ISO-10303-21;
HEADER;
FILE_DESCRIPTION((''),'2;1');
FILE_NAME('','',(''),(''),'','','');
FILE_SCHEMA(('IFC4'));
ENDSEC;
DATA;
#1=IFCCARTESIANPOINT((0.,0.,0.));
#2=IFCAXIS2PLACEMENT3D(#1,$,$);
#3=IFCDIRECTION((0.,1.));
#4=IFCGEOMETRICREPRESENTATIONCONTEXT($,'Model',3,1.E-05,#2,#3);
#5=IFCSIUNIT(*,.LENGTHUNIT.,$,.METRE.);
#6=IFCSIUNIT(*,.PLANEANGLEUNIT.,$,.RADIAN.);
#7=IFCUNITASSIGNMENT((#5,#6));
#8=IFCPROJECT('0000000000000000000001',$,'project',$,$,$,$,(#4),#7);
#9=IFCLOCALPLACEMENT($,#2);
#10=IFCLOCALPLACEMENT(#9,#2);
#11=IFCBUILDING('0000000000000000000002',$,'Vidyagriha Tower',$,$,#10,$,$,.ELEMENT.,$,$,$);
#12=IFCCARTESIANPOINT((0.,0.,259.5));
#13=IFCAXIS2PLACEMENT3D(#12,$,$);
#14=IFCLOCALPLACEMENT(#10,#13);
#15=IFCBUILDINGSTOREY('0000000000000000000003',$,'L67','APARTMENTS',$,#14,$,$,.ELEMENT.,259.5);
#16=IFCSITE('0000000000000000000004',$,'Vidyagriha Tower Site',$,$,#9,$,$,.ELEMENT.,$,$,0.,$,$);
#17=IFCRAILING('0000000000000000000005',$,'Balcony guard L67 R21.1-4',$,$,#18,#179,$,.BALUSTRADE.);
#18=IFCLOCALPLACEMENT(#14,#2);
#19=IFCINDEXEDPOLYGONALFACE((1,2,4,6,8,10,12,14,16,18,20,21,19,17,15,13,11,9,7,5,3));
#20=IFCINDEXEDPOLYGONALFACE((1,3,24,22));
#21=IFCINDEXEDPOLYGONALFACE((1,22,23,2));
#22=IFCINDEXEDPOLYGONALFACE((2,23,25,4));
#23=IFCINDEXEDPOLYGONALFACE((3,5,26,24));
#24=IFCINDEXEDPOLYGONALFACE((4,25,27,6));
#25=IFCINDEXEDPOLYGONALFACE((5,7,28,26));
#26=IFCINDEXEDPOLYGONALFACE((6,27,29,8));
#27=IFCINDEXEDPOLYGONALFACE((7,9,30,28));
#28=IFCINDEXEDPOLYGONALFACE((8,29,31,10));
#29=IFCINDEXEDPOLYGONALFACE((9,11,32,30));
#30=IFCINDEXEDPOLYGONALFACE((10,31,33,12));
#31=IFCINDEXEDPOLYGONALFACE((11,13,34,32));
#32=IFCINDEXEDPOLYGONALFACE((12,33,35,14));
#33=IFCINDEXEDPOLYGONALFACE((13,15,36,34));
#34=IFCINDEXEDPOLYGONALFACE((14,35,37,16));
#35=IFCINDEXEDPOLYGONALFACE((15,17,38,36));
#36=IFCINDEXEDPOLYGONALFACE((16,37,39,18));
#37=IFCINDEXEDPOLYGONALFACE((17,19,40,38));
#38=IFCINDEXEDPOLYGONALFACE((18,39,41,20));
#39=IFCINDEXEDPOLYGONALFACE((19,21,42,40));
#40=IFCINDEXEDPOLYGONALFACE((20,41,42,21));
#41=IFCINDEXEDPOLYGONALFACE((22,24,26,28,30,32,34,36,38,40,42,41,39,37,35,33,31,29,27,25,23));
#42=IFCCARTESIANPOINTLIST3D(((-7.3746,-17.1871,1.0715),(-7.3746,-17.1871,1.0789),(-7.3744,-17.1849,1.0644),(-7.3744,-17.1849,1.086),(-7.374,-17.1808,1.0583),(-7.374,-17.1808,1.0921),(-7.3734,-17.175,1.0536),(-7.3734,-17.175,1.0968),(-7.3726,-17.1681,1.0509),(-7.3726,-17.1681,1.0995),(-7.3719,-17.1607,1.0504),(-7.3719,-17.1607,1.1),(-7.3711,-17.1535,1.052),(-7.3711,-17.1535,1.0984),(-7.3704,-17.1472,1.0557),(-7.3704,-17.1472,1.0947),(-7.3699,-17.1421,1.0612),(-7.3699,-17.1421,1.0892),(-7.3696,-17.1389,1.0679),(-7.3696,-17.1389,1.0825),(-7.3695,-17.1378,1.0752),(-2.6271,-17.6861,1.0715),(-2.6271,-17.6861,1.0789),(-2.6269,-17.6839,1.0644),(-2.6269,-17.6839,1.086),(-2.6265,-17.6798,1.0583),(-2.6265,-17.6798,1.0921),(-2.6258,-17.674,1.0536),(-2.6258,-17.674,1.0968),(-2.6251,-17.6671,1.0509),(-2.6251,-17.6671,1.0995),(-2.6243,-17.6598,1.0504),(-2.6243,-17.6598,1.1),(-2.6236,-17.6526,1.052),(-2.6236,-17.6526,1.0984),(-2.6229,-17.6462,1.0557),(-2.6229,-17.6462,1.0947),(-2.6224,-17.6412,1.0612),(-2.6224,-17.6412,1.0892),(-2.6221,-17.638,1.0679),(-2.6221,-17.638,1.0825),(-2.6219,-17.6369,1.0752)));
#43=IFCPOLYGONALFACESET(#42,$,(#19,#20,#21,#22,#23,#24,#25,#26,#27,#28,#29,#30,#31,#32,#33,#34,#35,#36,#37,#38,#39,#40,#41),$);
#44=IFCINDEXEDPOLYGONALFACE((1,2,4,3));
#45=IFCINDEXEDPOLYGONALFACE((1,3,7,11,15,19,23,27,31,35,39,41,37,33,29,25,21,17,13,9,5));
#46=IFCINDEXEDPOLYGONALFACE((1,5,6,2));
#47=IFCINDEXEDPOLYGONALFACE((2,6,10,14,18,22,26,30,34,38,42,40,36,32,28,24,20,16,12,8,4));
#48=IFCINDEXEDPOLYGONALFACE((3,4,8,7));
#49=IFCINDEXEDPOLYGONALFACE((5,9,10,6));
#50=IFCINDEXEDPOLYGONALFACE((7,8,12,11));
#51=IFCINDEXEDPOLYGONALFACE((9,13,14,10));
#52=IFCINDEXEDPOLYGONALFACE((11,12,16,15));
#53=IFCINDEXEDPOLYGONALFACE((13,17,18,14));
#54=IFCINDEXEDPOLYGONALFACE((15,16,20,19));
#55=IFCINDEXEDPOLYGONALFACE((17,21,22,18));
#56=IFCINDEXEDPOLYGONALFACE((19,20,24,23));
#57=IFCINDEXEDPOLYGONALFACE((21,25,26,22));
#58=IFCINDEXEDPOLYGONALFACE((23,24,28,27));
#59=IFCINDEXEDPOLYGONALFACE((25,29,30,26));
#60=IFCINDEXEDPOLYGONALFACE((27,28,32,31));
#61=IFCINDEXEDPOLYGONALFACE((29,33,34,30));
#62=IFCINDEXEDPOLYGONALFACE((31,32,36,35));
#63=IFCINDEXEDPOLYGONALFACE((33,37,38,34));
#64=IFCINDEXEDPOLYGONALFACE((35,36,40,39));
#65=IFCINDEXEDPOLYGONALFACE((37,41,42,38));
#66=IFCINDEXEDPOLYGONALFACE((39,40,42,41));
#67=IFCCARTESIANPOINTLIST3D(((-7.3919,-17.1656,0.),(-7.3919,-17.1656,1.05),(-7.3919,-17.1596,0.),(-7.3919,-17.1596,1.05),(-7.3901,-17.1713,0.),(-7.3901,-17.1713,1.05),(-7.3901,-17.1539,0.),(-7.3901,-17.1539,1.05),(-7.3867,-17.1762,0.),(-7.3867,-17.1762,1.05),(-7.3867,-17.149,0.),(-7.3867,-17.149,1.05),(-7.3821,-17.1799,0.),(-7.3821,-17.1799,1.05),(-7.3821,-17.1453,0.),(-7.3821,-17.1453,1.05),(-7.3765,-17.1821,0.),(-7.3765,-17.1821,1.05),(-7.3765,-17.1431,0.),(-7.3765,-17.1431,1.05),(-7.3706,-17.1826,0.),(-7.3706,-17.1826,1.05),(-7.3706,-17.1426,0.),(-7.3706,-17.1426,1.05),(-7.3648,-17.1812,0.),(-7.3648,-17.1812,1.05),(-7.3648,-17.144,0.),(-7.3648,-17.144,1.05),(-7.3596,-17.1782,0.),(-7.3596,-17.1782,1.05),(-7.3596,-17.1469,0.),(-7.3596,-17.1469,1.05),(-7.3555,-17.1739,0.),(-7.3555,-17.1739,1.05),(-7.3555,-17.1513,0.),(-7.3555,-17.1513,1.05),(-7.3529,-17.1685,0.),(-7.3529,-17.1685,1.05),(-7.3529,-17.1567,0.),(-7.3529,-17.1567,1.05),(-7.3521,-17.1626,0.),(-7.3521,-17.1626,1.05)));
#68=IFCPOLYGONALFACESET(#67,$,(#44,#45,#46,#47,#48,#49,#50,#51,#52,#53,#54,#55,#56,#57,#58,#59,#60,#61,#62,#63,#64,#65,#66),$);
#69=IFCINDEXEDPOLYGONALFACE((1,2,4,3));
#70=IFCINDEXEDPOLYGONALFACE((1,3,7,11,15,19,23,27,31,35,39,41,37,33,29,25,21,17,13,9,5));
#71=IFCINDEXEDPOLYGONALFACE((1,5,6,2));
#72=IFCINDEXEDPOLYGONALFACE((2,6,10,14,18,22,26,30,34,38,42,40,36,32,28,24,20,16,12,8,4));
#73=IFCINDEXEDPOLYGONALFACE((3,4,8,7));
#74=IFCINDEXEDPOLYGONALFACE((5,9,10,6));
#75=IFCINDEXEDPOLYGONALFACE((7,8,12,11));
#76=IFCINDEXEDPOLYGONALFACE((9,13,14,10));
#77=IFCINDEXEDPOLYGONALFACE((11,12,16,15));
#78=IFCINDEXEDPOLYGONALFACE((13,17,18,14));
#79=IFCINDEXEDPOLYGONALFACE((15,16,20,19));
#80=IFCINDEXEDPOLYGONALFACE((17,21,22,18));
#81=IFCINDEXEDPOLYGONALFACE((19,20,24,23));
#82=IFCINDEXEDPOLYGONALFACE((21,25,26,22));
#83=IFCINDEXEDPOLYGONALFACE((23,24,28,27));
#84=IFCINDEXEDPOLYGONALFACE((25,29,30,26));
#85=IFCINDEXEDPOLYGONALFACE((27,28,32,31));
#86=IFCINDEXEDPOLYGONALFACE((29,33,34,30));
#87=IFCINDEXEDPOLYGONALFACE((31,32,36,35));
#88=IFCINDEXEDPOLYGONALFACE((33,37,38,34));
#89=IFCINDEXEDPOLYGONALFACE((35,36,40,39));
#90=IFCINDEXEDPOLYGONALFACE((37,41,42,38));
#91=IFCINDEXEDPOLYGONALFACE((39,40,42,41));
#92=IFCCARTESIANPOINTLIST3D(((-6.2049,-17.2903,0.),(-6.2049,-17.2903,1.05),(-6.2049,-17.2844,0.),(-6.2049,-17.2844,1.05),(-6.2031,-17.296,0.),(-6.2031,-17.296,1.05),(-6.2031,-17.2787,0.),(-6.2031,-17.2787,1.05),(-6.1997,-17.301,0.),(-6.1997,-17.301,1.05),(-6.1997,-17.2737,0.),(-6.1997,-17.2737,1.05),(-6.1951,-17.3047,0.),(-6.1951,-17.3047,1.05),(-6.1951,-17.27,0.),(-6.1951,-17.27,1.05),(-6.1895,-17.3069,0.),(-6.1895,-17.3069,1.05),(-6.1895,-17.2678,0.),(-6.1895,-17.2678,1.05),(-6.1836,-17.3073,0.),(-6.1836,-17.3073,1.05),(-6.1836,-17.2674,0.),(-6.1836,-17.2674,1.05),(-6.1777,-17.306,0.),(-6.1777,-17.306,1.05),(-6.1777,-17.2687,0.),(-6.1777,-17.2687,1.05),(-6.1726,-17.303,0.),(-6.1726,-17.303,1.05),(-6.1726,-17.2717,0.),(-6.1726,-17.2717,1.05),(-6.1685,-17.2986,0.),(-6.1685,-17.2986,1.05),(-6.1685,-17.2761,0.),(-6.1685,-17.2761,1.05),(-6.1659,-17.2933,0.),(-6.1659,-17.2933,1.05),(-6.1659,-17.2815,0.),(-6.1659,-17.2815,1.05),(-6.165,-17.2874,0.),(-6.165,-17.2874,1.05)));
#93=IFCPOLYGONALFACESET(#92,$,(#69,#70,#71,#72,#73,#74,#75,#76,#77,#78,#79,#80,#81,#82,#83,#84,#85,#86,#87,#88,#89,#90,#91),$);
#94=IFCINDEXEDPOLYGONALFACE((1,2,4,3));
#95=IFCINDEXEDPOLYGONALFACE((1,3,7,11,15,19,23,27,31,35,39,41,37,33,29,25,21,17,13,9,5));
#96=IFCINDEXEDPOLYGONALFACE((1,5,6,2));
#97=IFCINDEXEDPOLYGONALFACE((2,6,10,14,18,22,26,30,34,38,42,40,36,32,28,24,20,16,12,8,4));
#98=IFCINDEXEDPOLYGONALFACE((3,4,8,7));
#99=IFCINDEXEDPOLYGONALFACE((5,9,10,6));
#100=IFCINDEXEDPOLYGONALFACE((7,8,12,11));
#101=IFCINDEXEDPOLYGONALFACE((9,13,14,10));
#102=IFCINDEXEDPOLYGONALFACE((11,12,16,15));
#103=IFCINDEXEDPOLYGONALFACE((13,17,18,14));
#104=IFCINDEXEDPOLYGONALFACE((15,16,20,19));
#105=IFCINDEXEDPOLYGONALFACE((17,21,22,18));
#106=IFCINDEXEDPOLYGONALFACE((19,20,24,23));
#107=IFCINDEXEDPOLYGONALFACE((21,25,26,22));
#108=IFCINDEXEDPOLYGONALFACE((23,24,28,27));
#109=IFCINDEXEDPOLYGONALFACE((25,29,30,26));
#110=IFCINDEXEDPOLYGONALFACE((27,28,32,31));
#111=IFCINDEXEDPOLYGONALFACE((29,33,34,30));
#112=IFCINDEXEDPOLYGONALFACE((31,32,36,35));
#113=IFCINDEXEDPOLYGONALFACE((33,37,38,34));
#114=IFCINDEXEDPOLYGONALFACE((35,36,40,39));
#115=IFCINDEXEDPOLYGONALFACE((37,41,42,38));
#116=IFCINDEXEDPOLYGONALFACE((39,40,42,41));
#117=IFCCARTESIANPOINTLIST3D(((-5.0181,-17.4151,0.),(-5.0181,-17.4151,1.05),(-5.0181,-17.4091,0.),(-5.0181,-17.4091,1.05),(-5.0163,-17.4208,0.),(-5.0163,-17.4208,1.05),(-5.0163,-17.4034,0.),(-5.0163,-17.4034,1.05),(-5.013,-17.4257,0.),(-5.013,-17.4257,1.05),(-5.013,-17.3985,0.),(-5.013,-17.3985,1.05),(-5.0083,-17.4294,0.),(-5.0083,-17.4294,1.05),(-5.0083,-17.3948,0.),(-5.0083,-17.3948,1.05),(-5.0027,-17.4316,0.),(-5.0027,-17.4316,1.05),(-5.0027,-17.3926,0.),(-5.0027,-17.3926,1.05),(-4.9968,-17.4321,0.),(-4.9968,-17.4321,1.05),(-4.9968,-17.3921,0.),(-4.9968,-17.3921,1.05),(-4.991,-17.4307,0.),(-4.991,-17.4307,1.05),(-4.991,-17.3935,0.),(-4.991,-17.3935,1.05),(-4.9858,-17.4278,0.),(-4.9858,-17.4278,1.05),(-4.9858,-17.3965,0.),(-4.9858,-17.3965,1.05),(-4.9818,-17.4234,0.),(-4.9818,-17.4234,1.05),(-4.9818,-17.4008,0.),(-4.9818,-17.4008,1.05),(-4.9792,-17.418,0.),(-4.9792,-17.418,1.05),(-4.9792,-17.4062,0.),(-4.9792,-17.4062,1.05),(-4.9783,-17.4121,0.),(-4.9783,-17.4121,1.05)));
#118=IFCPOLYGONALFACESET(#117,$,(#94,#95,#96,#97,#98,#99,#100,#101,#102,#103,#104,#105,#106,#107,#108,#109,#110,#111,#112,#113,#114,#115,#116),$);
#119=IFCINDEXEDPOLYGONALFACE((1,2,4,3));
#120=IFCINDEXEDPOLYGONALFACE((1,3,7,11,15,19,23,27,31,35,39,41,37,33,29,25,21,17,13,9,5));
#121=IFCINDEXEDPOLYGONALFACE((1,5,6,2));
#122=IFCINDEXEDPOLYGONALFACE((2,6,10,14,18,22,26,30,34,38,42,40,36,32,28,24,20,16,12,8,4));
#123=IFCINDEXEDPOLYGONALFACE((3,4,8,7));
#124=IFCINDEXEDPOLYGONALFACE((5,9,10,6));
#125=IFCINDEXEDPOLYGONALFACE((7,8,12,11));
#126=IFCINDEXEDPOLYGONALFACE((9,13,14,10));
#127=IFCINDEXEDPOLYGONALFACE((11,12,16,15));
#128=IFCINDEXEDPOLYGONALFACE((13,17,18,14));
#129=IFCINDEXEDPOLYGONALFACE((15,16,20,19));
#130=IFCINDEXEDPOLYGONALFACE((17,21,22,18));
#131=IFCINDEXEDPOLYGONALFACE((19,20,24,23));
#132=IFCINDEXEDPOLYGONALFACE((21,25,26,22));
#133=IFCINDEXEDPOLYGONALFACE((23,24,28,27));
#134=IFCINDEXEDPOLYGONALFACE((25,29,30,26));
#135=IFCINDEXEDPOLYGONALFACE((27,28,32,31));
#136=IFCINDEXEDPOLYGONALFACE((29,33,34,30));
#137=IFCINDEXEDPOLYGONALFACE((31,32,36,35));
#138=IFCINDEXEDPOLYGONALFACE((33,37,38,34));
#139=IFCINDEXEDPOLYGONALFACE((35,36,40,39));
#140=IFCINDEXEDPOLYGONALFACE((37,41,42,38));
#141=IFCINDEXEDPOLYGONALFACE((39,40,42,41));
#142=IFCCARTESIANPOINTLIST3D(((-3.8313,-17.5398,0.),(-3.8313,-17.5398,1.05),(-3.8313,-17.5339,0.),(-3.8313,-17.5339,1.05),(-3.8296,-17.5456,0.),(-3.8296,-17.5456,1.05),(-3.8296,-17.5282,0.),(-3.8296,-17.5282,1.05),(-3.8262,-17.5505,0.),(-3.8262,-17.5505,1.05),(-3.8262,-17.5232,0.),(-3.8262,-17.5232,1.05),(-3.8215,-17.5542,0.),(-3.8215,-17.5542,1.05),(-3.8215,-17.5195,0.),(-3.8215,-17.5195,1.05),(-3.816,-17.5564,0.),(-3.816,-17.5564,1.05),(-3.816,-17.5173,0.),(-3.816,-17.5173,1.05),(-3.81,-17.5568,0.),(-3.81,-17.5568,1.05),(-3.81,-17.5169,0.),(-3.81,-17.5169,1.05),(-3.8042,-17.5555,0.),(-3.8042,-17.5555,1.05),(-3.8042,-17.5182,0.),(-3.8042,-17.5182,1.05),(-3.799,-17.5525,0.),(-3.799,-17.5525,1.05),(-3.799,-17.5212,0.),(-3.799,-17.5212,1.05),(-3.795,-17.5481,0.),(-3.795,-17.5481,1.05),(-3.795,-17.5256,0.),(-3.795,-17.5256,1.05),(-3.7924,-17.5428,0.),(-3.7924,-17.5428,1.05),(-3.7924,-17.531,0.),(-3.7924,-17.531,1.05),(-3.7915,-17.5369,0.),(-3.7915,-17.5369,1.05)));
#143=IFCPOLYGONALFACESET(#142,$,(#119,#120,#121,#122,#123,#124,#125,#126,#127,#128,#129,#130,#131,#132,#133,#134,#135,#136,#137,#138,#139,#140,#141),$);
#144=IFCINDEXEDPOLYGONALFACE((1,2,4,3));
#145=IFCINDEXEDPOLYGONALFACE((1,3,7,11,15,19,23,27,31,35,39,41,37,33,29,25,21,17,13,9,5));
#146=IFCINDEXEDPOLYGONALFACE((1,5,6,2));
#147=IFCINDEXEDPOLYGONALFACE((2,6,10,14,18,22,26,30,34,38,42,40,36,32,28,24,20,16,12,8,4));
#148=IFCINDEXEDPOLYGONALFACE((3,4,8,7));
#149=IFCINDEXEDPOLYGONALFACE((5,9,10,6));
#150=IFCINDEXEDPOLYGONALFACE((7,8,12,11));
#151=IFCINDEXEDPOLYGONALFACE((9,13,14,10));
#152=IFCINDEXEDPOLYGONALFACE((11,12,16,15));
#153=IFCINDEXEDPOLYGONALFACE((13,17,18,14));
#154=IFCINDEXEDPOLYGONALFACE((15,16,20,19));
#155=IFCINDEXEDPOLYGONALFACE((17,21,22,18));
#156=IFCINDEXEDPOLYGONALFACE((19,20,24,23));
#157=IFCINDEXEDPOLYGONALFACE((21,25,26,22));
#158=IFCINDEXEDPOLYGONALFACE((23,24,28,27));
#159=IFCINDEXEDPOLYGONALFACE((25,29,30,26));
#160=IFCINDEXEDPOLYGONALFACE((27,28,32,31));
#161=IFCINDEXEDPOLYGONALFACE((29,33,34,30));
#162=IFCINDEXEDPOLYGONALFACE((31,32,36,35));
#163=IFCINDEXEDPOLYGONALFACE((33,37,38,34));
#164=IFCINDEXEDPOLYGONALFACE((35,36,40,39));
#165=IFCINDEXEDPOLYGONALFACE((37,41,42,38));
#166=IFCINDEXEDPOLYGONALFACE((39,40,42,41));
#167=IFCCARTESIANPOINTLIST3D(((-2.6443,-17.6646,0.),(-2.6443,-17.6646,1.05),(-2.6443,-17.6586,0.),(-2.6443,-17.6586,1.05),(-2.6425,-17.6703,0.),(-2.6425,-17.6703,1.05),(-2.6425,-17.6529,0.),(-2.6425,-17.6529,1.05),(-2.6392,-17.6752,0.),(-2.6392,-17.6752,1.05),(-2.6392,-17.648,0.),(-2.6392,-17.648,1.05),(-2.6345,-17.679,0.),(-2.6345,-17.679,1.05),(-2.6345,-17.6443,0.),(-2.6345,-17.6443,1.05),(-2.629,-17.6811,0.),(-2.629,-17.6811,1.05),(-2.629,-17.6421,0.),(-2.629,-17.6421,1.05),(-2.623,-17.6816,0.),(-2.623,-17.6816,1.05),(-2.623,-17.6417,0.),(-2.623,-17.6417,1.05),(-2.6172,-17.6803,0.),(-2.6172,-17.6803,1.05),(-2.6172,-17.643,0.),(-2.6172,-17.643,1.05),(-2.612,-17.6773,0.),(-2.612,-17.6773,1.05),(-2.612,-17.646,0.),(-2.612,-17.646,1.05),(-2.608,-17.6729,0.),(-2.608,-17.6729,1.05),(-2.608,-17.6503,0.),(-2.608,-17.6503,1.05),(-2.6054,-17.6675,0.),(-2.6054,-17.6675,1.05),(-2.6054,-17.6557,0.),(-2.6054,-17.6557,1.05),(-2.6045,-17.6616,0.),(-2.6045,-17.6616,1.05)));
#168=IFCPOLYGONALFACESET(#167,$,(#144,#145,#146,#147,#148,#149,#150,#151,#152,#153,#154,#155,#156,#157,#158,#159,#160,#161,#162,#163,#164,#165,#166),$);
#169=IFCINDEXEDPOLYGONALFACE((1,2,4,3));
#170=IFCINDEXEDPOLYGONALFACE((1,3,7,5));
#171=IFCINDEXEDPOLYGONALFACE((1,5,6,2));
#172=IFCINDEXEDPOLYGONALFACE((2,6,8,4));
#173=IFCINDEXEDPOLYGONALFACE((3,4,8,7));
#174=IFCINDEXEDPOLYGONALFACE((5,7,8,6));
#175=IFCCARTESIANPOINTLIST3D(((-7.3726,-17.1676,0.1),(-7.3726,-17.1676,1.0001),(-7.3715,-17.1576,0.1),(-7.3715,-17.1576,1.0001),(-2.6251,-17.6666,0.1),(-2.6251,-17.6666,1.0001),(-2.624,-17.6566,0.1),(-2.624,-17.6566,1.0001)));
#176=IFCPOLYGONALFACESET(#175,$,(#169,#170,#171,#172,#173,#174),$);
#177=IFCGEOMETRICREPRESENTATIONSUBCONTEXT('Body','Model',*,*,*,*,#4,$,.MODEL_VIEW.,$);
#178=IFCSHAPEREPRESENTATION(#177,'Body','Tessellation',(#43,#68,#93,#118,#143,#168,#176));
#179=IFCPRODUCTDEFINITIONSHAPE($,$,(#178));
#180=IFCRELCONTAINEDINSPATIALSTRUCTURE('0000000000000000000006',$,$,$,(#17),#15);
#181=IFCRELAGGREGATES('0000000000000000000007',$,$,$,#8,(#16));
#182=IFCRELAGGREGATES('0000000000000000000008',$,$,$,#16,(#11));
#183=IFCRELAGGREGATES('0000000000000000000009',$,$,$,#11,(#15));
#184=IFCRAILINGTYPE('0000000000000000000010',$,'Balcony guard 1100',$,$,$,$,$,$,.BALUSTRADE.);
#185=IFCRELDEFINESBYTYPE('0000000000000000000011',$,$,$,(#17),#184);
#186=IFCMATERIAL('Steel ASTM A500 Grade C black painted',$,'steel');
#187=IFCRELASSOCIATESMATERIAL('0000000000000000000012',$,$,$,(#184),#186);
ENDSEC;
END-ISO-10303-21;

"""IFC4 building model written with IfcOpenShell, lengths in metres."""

from ifc_helpers import new_model, si_unit, direction, frame, origin, origin_2d, place, context, subcontext, project, spatial, rectangle, circle, extrude, material, type_object, element, save


model = new_model("IFC4")

# Units and contexts
model_context = context("Model", 3, precision=1e-05, world=origin(), true_north=direction((0.0, 1.0)))
body_context = subcontext(model_context, "Body", "Model", "MODEL_VIEW")
ifc_project = project(units=[si_unit("LENGTHUNIT", "METRE"), si_unit("PLANEANGLEUNIT", "RADIAN")], contexts=[model_context])

# Site, building, storey
site_placement = place(None, origin())
site = spatial("IfcSite", under=ifc_project, at=site_placement, Name="Vidyagriha Tower Site", CompositionType="ELEMENT", RefElevation=0.0)
building_placement = place(site_placement, origin())
building = spatial("IfcBuilding", under=site, at=building_placement, Name="Vidyagriha Tower", CompositionType="ELEMENT")
storey_placement = place(building_placement, frame((0.0, 0.0, 259.5)))
storey = spatial("IfcBuildingStorey", under=building, at=storey_placement, Name="L67", Description="APARTMENTS", CompositionType="ELEMENT", Elevation=259.5)

# Railing
ifc_material_1 = material(Name="Steel ASTM A500 Grade C black painted", Category="steel")
railing_type = type_object("IfcRailingType", Name="Balcony guard 1100", PredefinedType="BALUSTRADE", material=ifc_material_1)
railing_1_placement = place(storey_placement, frame((-7.3721, -17.1626, 0.0)))
element("IfcRailing", 1, at=railing_1_placement, inside=storey, type_object=railing_type, Name="Balcony guard L67 R21.1-4", PredefinedType="BALUSTRADE", context=body_context, shape_type="SweptSolid", body=[
    extrude(circle(Radius=0.0249, at=origin_2d()), frame((0.0, 0.0, 1.0752), z_axis=(0.994521, -0.104536, 0.0), x_axis=(0.104536, 0.994521, 0.0)), (0.0, 0.0, 1.0), 4.7737),
    extrude(circle(Radius=0.02, at=origin_2d()), origin(), (0.0, 0.0, 1.0), 1.05),
    extrude(circle(Radius=0.02, at=origin_2d()), frame((1.187, -0.1248, 0.0)), (0.0, 0.0, 1.0), 1.05),
    extrude(circle(Radius=0.02, at=origin_2d()), frame((2.3738, -0.2495, 0.0)), (0.0, 0.0, 1.0), 1.05),
    extrude(circle(Radius=0.02, at=origin_2d()), frame((3.5605, -0.3743, 0.0)), (0.0, 0.0, 1.0), 1.05),
    extrude(circle(Radius=0.02, at=origin_2d()), frame((4.7476, -0.499, 0.0)), (0.0, 0.0, 1.0), 1.05),
    extrude(rectangle(XDim=0.01, YDim=0.9001, at=origin_2d()), frame((0.0, 0.0, 0.55), z_axis=(0.994521, -0.104536, 0.0), x_axis=(0.104536, 0.994521, 0.0)), (0.0, 0.0, 1.0), 4.7737),
])

save(model, "model.ifc")
